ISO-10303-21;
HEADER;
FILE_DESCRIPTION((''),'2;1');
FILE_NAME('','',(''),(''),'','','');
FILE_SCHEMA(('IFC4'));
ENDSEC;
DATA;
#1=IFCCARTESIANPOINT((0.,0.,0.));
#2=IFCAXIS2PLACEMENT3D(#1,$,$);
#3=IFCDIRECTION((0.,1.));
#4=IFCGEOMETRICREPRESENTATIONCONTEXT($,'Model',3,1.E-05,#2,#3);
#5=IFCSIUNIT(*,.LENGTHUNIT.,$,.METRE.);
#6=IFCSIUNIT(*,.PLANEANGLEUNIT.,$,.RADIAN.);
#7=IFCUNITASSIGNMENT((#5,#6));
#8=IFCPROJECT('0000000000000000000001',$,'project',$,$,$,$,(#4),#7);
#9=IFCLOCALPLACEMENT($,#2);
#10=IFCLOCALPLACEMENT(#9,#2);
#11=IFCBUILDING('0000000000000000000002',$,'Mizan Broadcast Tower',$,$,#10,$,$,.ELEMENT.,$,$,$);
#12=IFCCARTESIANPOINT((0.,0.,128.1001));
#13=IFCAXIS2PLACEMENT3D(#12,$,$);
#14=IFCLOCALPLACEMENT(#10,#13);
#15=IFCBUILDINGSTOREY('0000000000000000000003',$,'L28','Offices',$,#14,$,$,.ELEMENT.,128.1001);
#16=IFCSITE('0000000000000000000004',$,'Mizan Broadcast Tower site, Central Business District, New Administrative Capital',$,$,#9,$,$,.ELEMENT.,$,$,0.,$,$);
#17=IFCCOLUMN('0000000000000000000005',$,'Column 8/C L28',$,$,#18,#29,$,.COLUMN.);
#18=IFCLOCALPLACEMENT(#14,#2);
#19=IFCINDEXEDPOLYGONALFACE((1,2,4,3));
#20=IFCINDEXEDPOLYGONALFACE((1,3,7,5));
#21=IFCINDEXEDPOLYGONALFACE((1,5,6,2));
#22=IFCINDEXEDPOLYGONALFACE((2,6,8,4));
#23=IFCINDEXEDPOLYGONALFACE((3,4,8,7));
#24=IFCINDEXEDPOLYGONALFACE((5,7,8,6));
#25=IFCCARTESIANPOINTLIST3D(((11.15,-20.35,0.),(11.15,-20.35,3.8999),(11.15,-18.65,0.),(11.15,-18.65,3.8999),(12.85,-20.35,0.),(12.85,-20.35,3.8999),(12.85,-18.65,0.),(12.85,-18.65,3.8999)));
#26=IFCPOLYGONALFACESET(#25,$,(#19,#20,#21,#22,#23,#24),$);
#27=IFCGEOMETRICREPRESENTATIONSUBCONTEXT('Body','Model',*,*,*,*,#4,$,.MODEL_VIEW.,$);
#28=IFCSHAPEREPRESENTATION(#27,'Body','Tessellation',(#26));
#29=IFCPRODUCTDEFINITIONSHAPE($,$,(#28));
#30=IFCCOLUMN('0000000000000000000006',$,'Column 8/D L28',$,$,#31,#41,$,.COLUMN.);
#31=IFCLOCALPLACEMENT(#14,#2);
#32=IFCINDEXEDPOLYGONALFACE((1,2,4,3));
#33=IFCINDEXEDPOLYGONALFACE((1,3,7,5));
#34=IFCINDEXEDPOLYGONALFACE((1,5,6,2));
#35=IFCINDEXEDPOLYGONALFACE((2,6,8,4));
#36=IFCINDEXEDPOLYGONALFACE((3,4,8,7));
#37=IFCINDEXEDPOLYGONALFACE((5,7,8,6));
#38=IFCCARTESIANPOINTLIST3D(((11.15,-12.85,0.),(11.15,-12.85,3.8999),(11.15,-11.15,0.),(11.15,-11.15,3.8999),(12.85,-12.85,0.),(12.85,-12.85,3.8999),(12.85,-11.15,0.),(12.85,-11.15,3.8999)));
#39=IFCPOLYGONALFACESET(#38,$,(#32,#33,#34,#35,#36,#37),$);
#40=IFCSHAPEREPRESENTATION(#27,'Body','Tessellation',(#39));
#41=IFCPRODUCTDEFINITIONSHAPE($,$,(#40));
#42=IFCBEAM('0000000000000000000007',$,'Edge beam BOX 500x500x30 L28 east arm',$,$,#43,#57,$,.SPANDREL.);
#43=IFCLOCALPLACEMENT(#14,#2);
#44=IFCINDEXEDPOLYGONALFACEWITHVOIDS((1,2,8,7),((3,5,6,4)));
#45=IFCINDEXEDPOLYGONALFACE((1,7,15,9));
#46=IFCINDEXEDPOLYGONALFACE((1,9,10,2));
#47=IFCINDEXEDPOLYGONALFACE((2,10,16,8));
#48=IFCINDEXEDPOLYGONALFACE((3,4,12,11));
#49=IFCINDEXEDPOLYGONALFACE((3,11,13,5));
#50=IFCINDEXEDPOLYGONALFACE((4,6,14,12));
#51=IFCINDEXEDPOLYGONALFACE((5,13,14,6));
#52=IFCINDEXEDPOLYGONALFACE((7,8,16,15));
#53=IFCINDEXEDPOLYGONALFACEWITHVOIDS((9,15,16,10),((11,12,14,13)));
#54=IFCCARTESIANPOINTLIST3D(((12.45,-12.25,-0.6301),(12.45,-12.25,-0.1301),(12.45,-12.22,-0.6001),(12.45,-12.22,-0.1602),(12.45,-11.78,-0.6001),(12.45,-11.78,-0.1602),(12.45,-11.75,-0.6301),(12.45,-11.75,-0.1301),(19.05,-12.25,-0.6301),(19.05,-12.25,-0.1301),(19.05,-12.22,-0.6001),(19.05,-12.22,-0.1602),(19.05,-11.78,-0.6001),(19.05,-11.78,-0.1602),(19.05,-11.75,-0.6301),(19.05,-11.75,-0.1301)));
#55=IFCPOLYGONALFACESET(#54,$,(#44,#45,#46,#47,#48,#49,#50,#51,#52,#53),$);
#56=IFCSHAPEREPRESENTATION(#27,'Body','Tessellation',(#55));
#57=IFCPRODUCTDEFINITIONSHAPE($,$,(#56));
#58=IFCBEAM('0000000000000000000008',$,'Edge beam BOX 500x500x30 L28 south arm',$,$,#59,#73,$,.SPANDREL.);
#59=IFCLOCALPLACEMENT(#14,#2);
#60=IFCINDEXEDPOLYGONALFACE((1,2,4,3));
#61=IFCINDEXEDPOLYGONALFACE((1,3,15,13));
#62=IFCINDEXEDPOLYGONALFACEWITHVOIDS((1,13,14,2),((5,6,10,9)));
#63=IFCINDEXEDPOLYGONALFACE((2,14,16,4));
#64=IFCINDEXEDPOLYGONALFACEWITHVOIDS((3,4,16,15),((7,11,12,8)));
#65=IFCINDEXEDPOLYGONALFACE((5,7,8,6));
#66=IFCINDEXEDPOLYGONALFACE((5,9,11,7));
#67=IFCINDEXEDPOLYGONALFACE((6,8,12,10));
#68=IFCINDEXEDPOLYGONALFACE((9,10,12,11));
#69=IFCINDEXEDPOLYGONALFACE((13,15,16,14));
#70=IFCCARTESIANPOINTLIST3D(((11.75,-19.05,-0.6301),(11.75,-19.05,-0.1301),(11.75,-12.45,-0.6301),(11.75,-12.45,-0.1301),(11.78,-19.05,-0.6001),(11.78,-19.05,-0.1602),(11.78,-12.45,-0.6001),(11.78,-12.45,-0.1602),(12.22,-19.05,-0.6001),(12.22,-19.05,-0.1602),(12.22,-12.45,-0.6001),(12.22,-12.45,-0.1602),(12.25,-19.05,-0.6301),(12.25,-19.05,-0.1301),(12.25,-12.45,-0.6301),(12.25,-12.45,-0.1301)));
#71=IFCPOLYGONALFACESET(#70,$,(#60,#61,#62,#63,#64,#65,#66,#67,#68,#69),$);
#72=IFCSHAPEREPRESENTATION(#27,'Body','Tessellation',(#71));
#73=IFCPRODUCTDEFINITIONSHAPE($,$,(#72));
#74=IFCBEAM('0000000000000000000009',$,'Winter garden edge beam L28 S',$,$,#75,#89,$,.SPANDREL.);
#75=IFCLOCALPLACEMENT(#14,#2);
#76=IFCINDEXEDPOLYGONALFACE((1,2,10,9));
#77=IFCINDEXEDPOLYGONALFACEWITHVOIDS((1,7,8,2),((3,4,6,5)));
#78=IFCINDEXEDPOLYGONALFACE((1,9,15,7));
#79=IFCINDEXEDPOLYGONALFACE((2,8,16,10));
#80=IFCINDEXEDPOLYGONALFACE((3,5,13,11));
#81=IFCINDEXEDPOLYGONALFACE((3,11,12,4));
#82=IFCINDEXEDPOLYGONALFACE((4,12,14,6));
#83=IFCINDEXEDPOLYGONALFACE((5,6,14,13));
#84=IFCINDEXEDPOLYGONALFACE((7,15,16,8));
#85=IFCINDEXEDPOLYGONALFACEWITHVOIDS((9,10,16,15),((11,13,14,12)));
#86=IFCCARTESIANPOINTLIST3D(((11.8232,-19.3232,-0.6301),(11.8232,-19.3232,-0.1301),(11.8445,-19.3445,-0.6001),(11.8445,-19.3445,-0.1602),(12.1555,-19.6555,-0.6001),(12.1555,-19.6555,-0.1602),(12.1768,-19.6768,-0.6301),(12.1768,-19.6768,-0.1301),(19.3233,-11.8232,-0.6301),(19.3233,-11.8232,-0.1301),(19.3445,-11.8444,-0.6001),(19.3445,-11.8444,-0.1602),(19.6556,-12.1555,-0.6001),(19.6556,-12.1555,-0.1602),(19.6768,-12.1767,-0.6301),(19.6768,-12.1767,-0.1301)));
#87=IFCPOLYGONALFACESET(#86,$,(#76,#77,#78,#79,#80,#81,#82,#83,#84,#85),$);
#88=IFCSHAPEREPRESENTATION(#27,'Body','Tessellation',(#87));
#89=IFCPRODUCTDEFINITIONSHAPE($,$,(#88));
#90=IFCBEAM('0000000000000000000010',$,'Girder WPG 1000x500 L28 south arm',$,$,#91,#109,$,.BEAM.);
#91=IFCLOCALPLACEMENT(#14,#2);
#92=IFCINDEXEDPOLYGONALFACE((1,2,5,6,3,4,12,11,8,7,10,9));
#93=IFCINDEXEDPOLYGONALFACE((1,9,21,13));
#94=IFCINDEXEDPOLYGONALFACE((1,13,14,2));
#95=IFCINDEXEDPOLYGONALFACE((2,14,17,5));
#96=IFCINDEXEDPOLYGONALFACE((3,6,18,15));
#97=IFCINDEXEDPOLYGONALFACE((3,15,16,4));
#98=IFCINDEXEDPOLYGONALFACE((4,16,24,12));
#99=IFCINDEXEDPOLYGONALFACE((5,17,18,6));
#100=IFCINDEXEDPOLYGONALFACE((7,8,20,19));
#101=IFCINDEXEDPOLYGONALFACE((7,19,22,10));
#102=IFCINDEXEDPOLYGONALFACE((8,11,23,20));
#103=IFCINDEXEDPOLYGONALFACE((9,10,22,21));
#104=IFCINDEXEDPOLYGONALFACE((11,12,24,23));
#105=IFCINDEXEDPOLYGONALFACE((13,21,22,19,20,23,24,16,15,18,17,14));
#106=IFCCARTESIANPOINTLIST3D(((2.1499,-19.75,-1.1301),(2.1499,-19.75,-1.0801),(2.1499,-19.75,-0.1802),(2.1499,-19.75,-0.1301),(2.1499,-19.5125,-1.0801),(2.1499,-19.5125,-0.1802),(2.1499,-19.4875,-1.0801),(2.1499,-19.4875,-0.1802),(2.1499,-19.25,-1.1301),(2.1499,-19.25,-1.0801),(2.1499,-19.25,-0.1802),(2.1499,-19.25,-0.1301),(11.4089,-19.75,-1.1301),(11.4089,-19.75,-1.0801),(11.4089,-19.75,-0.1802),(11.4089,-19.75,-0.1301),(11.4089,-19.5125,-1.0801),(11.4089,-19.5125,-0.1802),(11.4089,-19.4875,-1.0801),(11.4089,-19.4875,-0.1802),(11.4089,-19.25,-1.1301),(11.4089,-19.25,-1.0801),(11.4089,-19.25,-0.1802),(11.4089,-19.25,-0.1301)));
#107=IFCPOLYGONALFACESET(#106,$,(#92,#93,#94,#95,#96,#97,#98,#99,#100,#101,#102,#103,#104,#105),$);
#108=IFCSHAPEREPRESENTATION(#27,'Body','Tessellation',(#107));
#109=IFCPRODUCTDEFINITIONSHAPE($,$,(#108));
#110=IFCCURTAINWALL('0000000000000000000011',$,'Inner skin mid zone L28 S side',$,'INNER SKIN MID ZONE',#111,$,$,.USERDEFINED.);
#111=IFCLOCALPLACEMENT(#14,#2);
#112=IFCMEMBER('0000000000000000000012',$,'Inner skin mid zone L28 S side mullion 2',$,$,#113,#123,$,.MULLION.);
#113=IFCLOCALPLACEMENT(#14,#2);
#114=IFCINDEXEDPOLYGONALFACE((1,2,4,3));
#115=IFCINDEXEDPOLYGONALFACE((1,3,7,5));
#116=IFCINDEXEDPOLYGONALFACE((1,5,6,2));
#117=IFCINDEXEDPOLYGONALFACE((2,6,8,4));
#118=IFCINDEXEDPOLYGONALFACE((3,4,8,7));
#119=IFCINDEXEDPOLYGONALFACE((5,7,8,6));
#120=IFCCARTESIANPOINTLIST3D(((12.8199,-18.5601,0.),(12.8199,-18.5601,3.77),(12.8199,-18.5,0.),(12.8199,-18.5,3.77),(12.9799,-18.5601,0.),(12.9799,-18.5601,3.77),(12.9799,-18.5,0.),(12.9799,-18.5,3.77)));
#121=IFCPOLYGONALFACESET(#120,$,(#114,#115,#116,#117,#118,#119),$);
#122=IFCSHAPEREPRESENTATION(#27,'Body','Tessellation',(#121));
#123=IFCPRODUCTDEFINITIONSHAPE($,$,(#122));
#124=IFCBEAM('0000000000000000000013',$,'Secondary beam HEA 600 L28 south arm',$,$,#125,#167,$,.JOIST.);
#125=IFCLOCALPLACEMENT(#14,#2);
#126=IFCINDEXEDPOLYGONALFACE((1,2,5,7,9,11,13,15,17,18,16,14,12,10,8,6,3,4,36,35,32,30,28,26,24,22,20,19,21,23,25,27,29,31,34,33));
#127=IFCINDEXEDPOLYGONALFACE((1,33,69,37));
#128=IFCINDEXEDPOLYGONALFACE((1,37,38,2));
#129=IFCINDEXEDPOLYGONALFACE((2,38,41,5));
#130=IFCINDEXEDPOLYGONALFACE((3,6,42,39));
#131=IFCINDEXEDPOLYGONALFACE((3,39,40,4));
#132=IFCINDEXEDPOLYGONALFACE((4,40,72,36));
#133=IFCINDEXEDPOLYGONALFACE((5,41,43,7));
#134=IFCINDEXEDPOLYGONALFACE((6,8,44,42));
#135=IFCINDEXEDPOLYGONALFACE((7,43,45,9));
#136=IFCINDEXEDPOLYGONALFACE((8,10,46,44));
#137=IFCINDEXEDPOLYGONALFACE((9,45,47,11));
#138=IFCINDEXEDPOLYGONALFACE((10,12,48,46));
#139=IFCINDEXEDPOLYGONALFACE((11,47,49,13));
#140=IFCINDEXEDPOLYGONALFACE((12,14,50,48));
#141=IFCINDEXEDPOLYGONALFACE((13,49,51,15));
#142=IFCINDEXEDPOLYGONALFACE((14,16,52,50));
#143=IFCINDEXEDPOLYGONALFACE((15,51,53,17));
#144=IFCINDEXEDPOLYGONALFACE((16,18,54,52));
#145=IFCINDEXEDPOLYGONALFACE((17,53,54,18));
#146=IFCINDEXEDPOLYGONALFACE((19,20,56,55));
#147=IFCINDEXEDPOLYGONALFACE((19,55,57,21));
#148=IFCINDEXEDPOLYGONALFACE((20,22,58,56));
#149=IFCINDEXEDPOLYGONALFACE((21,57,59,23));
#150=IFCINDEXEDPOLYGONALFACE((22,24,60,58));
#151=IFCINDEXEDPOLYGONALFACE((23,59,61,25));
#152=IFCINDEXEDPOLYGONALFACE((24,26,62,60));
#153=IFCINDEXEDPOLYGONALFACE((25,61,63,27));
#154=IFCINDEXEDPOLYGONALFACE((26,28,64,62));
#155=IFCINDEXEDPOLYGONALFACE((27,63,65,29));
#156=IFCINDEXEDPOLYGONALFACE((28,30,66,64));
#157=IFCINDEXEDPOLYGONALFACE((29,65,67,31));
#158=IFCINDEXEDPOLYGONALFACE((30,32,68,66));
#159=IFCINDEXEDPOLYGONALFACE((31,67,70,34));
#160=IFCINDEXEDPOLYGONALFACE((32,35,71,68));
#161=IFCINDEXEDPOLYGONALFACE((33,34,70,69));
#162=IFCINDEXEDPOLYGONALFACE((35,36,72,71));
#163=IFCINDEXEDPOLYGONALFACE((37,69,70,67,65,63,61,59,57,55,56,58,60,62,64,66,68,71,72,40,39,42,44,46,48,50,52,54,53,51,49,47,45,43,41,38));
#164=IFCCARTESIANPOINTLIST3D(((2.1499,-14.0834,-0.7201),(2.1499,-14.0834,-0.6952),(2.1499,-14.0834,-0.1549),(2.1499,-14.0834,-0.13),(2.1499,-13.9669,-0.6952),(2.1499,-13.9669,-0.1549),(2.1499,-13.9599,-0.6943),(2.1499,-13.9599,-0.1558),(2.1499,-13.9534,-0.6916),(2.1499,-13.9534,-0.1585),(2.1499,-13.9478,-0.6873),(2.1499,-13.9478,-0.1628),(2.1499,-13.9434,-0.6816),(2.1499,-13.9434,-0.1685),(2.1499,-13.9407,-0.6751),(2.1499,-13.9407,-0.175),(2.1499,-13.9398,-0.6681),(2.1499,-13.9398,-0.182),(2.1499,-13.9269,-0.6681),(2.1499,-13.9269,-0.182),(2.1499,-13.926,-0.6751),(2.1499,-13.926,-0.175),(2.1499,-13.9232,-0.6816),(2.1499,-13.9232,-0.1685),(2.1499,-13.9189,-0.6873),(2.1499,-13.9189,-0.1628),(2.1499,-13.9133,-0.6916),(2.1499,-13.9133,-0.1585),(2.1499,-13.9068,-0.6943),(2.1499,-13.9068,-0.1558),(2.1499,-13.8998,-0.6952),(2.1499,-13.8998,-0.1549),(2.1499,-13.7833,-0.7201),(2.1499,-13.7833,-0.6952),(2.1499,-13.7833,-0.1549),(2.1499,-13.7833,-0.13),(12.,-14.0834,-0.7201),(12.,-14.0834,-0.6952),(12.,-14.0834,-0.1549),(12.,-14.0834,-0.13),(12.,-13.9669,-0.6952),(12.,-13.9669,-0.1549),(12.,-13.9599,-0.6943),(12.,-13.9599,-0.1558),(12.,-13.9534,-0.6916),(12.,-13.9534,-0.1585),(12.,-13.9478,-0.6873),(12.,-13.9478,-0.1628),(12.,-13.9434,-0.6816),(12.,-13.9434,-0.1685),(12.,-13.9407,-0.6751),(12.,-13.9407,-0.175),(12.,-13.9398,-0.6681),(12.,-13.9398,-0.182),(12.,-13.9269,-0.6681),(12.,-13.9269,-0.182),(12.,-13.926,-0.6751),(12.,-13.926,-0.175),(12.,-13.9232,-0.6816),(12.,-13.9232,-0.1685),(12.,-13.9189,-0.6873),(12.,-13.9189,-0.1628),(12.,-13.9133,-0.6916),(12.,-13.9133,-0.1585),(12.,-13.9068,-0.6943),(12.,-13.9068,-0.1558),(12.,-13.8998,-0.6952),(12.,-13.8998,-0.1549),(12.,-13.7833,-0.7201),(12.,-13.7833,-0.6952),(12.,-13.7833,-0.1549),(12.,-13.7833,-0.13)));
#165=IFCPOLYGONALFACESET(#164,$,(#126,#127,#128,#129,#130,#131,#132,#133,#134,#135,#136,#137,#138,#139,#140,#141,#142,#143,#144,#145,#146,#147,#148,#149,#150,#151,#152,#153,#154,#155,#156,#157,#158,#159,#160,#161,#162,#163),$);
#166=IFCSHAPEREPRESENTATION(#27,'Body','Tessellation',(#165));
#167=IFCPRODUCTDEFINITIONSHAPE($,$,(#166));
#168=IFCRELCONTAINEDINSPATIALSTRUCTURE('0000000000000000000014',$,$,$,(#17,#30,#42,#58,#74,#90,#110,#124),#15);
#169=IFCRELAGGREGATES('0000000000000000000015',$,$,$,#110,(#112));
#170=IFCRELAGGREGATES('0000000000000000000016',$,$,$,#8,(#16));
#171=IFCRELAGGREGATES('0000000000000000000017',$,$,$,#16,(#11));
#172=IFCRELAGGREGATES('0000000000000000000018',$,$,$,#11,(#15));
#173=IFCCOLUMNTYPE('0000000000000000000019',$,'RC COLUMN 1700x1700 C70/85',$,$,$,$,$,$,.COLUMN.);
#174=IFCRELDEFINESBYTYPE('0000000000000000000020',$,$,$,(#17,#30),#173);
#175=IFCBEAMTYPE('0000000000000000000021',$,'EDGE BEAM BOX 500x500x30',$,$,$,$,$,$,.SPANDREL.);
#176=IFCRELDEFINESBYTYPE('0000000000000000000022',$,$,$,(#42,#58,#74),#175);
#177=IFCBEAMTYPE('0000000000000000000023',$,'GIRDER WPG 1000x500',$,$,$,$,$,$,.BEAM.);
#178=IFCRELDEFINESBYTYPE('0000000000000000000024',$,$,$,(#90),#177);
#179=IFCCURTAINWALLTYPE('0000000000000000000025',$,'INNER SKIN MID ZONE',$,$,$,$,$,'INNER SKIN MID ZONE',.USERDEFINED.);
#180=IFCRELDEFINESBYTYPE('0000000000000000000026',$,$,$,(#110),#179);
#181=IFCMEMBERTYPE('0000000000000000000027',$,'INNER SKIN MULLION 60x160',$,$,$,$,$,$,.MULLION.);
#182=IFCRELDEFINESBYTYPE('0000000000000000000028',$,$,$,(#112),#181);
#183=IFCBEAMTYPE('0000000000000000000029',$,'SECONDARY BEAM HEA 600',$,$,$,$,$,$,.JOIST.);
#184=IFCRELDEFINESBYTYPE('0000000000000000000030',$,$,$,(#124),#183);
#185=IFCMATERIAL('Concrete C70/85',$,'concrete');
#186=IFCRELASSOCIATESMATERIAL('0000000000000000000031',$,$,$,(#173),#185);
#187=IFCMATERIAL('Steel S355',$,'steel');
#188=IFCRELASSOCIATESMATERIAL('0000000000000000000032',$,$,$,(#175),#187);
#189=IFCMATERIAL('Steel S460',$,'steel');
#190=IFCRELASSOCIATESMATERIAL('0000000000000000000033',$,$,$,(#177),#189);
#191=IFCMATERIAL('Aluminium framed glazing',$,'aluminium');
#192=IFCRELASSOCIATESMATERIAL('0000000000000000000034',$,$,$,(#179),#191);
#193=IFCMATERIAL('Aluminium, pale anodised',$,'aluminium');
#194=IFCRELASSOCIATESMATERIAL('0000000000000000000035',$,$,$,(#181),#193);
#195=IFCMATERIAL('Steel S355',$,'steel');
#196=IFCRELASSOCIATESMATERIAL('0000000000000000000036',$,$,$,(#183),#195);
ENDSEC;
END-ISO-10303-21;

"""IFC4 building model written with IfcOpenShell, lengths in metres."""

from ifc_helpers import new_model, si_unit, direction, frame, origin, origin_2d, place, context, subcontext, project, spatial, rectangle, hollow_rectangle, i_section, extrude, material, material_profile, profile_set, type_object, element, aggregate, save


model = new_model("IFC4")

# Units and contexts
model_context = context("Model", 3, precision=1e-05, world=origin(), true_north=direction((0.0, 1.0)))
body_context = subcontext(model_context, "Body", "Model", "MODEL_VIEW")
ifc_project = project(units=[si_unit("LENGTHUNIT", "METRE"), si_unit("PLANEANGLEUNIT", "RADIAN")], contexts=[model_context])

# Site, building, storey
site_placement = place(None, origin())
site = spatial("IfcSite", under=ifc_project, at=site_placement, Name="Mizan Broadcast Tower site, Central Business District, New Administrative Capital", CompositionType="ELEMENT", RefElevation=0.0)
building_placement = place(site_placement, origin())
building = spatial("IfcBuilding", under=site, at=building_placement, Name="Mizan Broadcast Tower", CompositionType="ELEMENT")
storey_placement = place(building_placement, frame((0.0, 0.0, 128.1001)))
storey = spatial("IfcBuildingStorey", under=building, at=storey_placement, Name="L28", Description="Offices", CompositionType="ELEMENT", Elevation=128.1001)

# Columns
ifc_material_1 = material(Name="Concrete C70/85", Category="concrete")
ifc_material_profile_1 = material_profile(ifc_material_1, rectangle(XDim=1.7, YDim=1.7, at=origin_2d()), Name="RC 1700x1700")
ifc_profile_set_1 = profile_set([ifc_material_profile_1], Name="Concrete C70/85")
column_type = type_object("IfcColumnType", Name="RC COLUMN 1700x1700 C70/85", PredefinedType="COLUMN", material=ifc_profile_set_1)
for number, where, z_axis, x_axis, name in (
    (1, (12.0, -19.5, 0.0), (0.0, 0.0, 1.0), (1.0, 0.0, 0.0), "Column 8/C L28"),
    (2, (12.0, -12.0, 0.0), (0.0, 0.0, 1.0), (1.0, 0.0, 0.0), "Column 8/D L28"),
):
    element("IfcColumn", number, at=place(storey_placement, frame(where, z_axis=z_axis, x_axis=x_axis)), inside=storey, type_object=column_type, Name=name, PredefinedType="COLUMN", context=body_context, shape_type="SweptSolid", body=[
        extrude(rectangle(XDim=1.7, YDim=1.7, at=origin_2d()), origin(), (0.0, 0.0, 1.0), 3.8999),
    ])

# Beams
ifc_material_2 = material(Name="Steel S355", Category="steel")
ifc_material_profile_2 = material_profile(ifc_material_2, hollow_rectangle(XDim=0.5, YDim=0.5, WallThickness=0.03, at=origin_2d()), Name="BOX 500x500x30")
ifc_profile_set_2 = profile_set([ifc_material_profile_2], Name="Steel S355")
beam_type_1 = type_object("IfcBeamType", Name="EDGE BEAM BOX 500x500x30", PredefinedType="SPANDREL", material=ifc_profile_set_2)
for number, where, z_axis, x_axis, name in (
    (3, (12.45, -12.0, -0.3801), (1.0, 0.0, 0.0), (0.0, 1.0, 0.0), "Edge beam BOX 500x500x30 L28 east arm"),
    (4, (12.0, -12.45, -0.3801), (0.0, -1.0, 0.0), (1.0, 0.0, 0.0), "Edge beam BOX 500x500x30 L28 south arm"),
):
    element("IfcBeam", number, at=place(storey_placement, frame(where, z_axis=z_axis, x_axis=x_axis)), inside=storey, type_object=beam_type_1, Name=name, PredefinedType="SPANDREL", context=body_context, shape_type="SweptSolid", body=[
        extrude(hollow_rectangle(XDim=0.5, YDim=0.5, WallThickness=0.03, at=origin_2d()), origin(), (0.0, 0.0, 1.0), 6.6001),
    ])
beam_1_placement = place(storey_placement, frame((12.0, -19.5, -0.3801), z_axis=(0.707107, 0.707107, 0.0), x_axis=(-0.707107, 0.707107, 0.0)))
element("IfcBeam", 5, at=beam_1_placement, inside=storey, type_object=beam_type_1, Name="Winter garden edge beam L28 S", PredefinedType="SPANDREL", context=body_context, shape_type="SweptSolid", body=[
    extrude(hollow_rectangle(XDim=0.5, YDim=0.5, WallThickness=0.03, at=origin_2d()), origin(), (0.0, 0.0, 1.0), 10.6067),
])
ifc_material_3 = material(Name="Steel S460", Category="steel")
ifc_material_profile_3 = material_profile(ifc_material_3, i_section(OverallWidth=0.5, OverallDepth=1.0, WebThickness=0.0249, FlangeThickness=0.05, at=origin_2d()), Name="WPG 1000x500")
ifc_profile_set_3 = profile_set([ifc_material_profile_3], Name="Steel S460")
beam_type_2 = type_object("IfcBeamType", Name="GIRDER WPG 1000x500", PredefinedType="BEAM", material=ifc_profile_set_3)
beam_2_placement = place(storey_placement, frame((11.4089, -19.5, -0.6301), z_axis=(-1.0, 0.0, 0.0), x_axis=(0.0, -1.0, 0.0)))
element("IfcBeam", 6, at=beam_2_placement, inside=storey, type_object=beam_type_2, Name="Girder WPG 1000x500 L28 south arm", PredefinedType="BEAM", context=body_context, shape_type="SweptSolid", body=[
    extrude(i_section(OverallWidth=0.5, OverallDepth=1.0, WebThickness=0.0249, FlangeThickness=0.05, at=origin_2d()), origin(), (0.0, 0.0, 1.0), 9.259),
])

# Curtain wall, member
ifc_material_4 = material(Name="Aluminium framed glazing", Category="aluminium")
curtain_wall_type = type_object("IfcCurtainWallType", Name="INNER SKIN MID ZONE", ElementType="INNER SKIN MID ZONE", PredefinedType="USERDEFINED", material=ifc_material_4)
curtain_wall_placement = place(storey_placement, origin())
curtain_wall = element("IfcCurtainWall", 7, at=curtain_wall_placement, inside=storey, type_object=curtain_wall_type, Name="Inner skin mid zone L28 S side", ObjectType="INNER SKIN MID ZONE", PredefinedType="USERDEFINED")
ifc_material_5 = material(Name="Aluminium, pale anodised", Category="aluminium")
ifc_material_profile_4 = material_profile(ifc_material_5, rectangle(XDim=0.1599, YDim=0.0601, at=origin_2d()), Name="MULLION 160x60")
ifc_profile_set_4 = profile_set([ifc_material_profile_4], Name="Aluminium, pale anodised")
member_type = type_object("IfcMemberType", Name="INNER SKIN MULLION 60x160", PredefinedType="MULLION", material=ifc_profile_set_4)
member_placement = place(storey_placement, frame((12.8999, -18.53, 0.0), z_axis=(0.0, 0.0, 1.0), x_axis=(-1.0, 0.0, 0.0)))
member = element("IfcMember", 8, at=member_placement, type_object=member_type, Name="Inner skin mid zone L28 S side mullion 2", PredefinedType="MULLION", context=body_context, shape_type="SweptSolid", body=[
    extrude(rectangle(XDim=0.1599, YDim=0.0601, at=origin_2d()), origin(), (0.0, 0.0, 1.0), 3.77),
])
aggregate(curtain_wall, [member])

# Beam
ifc_material_6 = material(Name="Steel S355", Category="steel")
ifc_material_profile_5 = material_profile(ifc_material_6, i_section(OverallWidth=0.3, OverallDepth=0.5901, WebThickness=0.0129, FlangeThickness=0.0249, FilletRadius=0.0271, at=origin_2d()), Name="HEA 600")
ifc_profile_set_5 = profile_set([ifc_material_profile_5], Name="Steel S355")
beam_type_3 = type_object("IfcBeamType", Name="SECONDARY BEAM HEA 600", PredefinedType="JOIST", material=ifc_profile_set_5)
for number, where, z_axis, x_axis, name in (
    (9, (12.0, -13.9333, -0.425), (-1.0, 0.0, 0.0), (0.0, -1.0, 0.0), "Secondary beam HEA 600 L28 south arm"),
):
    element("IfcBeam", number, at=place(storey_placement, frame(where, z_axis=z_axis, x_axis=x_axis)), inside=storey, type_object=beam_type_3, Name=name, PredefinedType="JOIST", context=body_context, shape_type="SweptSolid", body=[
        extrude(i_section(OverallWidth=0.3, OverallDepth=0.5901, WebThickness=0.0129, FlangeThickness=0.0249, FilletRadius=0.0271, at=origin_2d()), origin(), (0.0, 0.0, 1.0), 9.8501),
    ])

save(model, "model.ifc")
